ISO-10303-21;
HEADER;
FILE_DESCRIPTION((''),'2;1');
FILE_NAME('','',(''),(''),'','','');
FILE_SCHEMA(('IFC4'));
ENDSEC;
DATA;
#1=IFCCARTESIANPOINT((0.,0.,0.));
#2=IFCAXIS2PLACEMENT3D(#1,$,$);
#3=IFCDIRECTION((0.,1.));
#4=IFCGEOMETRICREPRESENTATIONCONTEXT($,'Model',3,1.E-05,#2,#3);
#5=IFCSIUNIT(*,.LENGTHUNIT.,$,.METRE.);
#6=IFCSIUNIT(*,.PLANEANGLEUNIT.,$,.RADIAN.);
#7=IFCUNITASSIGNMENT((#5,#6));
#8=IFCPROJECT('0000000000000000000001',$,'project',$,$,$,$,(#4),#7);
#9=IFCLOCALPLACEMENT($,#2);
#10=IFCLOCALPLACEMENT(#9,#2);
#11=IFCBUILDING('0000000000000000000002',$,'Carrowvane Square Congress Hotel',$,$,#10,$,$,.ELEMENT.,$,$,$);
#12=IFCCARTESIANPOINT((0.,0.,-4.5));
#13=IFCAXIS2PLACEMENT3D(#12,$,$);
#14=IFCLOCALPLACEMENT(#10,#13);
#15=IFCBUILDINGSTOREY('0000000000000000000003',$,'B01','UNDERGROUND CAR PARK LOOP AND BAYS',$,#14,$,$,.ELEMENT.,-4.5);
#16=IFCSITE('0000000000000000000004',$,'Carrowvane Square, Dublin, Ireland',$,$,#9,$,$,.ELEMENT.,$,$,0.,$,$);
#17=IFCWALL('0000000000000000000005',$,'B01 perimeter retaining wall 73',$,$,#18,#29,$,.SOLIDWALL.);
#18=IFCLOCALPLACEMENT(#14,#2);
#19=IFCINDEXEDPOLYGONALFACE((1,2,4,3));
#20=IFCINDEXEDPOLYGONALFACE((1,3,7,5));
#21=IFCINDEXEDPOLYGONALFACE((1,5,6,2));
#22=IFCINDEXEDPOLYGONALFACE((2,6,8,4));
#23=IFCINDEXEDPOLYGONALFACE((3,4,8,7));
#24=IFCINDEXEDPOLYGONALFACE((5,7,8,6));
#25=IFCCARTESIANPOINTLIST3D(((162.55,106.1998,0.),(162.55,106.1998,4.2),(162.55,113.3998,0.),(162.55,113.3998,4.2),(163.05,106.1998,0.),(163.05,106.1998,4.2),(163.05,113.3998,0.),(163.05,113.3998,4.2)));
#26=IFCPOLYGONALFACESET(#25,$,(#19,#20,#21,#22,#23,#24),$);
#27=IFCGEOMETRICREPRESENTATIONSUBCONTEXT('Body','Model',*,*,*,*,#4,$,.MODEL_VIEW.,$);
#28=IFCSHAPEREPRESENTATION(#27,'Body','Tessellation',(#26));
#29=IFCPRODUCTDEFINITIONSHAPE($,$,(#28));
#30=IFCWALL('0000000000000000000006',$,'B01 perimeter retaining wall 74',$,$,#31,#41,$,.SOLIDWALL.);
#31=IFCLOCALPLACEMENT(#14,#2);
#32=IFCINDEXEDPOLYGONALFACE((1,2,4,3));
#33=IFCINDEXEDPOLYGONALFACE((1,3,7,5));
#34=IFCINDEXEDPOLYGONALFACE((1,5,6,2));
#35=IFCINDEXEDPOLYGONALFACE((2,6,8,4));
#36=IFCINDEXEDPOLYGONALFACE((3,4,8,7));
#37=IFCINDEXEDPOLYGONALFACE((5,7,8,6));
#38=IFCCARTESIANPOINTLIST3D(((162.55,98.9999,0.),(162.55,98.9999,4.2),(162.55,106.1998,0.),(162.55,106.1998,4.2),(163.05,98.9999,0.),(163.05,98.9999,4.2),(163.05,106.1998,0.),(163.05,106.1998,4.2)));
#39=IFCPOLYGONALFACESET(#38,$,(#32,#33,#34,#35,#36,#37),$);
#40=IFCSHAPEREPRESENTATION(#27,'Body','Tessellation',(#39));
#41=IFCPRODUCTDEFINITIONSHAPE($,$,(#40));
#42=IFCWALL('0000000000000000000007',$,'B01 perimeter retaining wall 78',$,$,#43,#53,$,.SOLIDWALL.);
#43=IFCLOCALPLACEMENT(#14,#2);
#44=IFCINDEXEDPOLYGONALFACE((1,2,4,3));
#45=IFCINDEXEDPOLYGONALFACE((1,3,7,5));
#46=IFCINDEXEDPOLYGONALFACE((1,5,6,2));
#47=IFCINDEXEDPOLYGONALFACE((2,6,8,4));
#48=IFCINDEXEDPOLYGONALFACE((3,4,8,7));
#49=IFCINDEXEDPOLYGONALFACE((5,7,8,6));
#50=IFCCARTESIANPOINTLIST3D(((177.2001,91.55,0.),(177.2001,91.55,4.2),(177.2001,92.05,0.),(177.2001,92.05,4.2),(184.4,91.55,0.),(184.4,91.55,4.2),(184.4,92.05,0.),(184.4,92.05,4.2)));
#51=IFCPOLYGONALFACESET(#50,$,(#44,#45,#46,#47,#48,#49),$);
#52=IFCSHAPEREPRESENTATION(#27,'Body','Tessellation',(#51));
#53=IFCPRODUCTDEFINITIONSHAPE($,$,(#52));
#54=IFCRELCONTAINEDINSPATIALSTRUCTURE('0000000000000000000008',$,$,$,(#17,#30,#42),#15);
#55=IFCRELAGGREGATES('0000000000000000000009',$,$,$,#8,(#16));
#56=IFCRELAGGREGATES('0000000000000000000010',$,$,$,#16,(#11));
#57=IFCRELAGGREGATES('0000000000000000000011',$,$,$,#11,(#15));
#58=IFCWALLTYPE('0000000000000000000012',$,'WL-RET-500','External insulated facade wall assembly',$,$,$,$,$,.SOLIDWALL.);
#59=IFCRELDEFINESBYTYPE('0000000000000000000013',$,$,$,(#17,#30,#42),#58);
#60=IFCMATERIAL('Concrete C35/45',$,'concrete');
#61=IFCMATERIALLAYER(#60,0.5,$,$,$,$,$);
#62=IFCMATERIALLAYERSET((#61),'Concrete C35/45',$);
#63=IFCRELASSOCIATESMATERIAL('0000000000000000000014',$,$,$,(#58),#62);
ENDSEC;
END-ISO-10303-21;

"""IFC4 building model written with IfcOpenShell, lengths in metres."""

from ifc_helpers import new_model, si_unit, direction, frame, frame_2d, origin, place, context, subcontext, project, spatial, rectangle, extrude, material, layer, layer_set, type_object, element, save


model = new_model("IFC4")

# Units and contexts
model_context = context("Model", 3, precision=1e-05, world=origin(), true_north=direction((0.0, 1.0)))
body_context = subcontext(model_context, "Body", "Model", "MODEL_VIEW")
ifc_project = project(units=[si_unit("LENGTHUNIT", "METRE"), si_unit("PLANEANGLEUNIT", "RADIAN")], contexts=[model_context])

# Site, building, storey
site_placement = place(None, origin())
site = spatial("IfcSite", under=ifc_project, at=site_placement, Name="Carrowvane Square, Dublin, Ireland", CompositionType="ELEMENT", RefElevation=0.0)
building_placement = place(site_placement, origin())
building = spatial("IfcBuilding", under=site, at=building_placement, Name="Carrowvane Square Congress Hotel", CompositionType="ELEMENT")
storey_placement = place(building_placement, frame((0.0, 0.0, -4.5)))
storey = spatial("IfcBuildingStorey", under=building, at=storey_placement, Name="B01", Description="UNDERGROUND CAR PARK LOOP AND BAYS", CompositionType="ELEMENT", Elevation=-4.5)

# Walls
ifc_material_1 = material(Name="Concrete C35/45", Category="concrete")
ifc_layer_1 = layer(ifc_material_1, 0.5)
ifc_layer_set_1 = layer_set([ifc_layer_1], Name="Concrete C35/45")
wall_type_1 = type_object("IfcWallType", Name="WL-RET-500", Description="External insulated facade wall assembly", PredefinedType="SOLIDWALL", material=ifc_layer_set_1)
for number, where, z_axis, x_axis, name in (
    (1, (162.8, 113.3999, 0.0), (0.0, 0.0, 1.0), (0.0, -1.0, 0.0), "B01 perimeter retaining wall 73"),
    (2, (162.8, 106.2, 0.0), (0.0, 0.0, 1.0), (0.0, -1.0, 0.0), "B01 perimeter retaining wall 74"),
    (3, (177.2, 91.8, 0.0), (0.0, 0.0, 1.0), (1.0, 0.0, 0.0), "B01 perimeter retaining wall 78"),
):
    element("IfcWall", number, at=place(storey_placement, frame(where, z_axis=z_axis, x_axis=x_axis)), inside=storey, type_object=wall_type_1, Name=name, PredefinedType="SOLIDWALL", context=body_context, shape_type="SweptSolid", body=[
        extrude(rectangle(XDim=7.2, YDim=0.5, at=frame_2d((3.6001, 0.0))), origin(), (0.0, 0.0, 1.0), 4.2),
    ])

save(model, "model.ifc")
